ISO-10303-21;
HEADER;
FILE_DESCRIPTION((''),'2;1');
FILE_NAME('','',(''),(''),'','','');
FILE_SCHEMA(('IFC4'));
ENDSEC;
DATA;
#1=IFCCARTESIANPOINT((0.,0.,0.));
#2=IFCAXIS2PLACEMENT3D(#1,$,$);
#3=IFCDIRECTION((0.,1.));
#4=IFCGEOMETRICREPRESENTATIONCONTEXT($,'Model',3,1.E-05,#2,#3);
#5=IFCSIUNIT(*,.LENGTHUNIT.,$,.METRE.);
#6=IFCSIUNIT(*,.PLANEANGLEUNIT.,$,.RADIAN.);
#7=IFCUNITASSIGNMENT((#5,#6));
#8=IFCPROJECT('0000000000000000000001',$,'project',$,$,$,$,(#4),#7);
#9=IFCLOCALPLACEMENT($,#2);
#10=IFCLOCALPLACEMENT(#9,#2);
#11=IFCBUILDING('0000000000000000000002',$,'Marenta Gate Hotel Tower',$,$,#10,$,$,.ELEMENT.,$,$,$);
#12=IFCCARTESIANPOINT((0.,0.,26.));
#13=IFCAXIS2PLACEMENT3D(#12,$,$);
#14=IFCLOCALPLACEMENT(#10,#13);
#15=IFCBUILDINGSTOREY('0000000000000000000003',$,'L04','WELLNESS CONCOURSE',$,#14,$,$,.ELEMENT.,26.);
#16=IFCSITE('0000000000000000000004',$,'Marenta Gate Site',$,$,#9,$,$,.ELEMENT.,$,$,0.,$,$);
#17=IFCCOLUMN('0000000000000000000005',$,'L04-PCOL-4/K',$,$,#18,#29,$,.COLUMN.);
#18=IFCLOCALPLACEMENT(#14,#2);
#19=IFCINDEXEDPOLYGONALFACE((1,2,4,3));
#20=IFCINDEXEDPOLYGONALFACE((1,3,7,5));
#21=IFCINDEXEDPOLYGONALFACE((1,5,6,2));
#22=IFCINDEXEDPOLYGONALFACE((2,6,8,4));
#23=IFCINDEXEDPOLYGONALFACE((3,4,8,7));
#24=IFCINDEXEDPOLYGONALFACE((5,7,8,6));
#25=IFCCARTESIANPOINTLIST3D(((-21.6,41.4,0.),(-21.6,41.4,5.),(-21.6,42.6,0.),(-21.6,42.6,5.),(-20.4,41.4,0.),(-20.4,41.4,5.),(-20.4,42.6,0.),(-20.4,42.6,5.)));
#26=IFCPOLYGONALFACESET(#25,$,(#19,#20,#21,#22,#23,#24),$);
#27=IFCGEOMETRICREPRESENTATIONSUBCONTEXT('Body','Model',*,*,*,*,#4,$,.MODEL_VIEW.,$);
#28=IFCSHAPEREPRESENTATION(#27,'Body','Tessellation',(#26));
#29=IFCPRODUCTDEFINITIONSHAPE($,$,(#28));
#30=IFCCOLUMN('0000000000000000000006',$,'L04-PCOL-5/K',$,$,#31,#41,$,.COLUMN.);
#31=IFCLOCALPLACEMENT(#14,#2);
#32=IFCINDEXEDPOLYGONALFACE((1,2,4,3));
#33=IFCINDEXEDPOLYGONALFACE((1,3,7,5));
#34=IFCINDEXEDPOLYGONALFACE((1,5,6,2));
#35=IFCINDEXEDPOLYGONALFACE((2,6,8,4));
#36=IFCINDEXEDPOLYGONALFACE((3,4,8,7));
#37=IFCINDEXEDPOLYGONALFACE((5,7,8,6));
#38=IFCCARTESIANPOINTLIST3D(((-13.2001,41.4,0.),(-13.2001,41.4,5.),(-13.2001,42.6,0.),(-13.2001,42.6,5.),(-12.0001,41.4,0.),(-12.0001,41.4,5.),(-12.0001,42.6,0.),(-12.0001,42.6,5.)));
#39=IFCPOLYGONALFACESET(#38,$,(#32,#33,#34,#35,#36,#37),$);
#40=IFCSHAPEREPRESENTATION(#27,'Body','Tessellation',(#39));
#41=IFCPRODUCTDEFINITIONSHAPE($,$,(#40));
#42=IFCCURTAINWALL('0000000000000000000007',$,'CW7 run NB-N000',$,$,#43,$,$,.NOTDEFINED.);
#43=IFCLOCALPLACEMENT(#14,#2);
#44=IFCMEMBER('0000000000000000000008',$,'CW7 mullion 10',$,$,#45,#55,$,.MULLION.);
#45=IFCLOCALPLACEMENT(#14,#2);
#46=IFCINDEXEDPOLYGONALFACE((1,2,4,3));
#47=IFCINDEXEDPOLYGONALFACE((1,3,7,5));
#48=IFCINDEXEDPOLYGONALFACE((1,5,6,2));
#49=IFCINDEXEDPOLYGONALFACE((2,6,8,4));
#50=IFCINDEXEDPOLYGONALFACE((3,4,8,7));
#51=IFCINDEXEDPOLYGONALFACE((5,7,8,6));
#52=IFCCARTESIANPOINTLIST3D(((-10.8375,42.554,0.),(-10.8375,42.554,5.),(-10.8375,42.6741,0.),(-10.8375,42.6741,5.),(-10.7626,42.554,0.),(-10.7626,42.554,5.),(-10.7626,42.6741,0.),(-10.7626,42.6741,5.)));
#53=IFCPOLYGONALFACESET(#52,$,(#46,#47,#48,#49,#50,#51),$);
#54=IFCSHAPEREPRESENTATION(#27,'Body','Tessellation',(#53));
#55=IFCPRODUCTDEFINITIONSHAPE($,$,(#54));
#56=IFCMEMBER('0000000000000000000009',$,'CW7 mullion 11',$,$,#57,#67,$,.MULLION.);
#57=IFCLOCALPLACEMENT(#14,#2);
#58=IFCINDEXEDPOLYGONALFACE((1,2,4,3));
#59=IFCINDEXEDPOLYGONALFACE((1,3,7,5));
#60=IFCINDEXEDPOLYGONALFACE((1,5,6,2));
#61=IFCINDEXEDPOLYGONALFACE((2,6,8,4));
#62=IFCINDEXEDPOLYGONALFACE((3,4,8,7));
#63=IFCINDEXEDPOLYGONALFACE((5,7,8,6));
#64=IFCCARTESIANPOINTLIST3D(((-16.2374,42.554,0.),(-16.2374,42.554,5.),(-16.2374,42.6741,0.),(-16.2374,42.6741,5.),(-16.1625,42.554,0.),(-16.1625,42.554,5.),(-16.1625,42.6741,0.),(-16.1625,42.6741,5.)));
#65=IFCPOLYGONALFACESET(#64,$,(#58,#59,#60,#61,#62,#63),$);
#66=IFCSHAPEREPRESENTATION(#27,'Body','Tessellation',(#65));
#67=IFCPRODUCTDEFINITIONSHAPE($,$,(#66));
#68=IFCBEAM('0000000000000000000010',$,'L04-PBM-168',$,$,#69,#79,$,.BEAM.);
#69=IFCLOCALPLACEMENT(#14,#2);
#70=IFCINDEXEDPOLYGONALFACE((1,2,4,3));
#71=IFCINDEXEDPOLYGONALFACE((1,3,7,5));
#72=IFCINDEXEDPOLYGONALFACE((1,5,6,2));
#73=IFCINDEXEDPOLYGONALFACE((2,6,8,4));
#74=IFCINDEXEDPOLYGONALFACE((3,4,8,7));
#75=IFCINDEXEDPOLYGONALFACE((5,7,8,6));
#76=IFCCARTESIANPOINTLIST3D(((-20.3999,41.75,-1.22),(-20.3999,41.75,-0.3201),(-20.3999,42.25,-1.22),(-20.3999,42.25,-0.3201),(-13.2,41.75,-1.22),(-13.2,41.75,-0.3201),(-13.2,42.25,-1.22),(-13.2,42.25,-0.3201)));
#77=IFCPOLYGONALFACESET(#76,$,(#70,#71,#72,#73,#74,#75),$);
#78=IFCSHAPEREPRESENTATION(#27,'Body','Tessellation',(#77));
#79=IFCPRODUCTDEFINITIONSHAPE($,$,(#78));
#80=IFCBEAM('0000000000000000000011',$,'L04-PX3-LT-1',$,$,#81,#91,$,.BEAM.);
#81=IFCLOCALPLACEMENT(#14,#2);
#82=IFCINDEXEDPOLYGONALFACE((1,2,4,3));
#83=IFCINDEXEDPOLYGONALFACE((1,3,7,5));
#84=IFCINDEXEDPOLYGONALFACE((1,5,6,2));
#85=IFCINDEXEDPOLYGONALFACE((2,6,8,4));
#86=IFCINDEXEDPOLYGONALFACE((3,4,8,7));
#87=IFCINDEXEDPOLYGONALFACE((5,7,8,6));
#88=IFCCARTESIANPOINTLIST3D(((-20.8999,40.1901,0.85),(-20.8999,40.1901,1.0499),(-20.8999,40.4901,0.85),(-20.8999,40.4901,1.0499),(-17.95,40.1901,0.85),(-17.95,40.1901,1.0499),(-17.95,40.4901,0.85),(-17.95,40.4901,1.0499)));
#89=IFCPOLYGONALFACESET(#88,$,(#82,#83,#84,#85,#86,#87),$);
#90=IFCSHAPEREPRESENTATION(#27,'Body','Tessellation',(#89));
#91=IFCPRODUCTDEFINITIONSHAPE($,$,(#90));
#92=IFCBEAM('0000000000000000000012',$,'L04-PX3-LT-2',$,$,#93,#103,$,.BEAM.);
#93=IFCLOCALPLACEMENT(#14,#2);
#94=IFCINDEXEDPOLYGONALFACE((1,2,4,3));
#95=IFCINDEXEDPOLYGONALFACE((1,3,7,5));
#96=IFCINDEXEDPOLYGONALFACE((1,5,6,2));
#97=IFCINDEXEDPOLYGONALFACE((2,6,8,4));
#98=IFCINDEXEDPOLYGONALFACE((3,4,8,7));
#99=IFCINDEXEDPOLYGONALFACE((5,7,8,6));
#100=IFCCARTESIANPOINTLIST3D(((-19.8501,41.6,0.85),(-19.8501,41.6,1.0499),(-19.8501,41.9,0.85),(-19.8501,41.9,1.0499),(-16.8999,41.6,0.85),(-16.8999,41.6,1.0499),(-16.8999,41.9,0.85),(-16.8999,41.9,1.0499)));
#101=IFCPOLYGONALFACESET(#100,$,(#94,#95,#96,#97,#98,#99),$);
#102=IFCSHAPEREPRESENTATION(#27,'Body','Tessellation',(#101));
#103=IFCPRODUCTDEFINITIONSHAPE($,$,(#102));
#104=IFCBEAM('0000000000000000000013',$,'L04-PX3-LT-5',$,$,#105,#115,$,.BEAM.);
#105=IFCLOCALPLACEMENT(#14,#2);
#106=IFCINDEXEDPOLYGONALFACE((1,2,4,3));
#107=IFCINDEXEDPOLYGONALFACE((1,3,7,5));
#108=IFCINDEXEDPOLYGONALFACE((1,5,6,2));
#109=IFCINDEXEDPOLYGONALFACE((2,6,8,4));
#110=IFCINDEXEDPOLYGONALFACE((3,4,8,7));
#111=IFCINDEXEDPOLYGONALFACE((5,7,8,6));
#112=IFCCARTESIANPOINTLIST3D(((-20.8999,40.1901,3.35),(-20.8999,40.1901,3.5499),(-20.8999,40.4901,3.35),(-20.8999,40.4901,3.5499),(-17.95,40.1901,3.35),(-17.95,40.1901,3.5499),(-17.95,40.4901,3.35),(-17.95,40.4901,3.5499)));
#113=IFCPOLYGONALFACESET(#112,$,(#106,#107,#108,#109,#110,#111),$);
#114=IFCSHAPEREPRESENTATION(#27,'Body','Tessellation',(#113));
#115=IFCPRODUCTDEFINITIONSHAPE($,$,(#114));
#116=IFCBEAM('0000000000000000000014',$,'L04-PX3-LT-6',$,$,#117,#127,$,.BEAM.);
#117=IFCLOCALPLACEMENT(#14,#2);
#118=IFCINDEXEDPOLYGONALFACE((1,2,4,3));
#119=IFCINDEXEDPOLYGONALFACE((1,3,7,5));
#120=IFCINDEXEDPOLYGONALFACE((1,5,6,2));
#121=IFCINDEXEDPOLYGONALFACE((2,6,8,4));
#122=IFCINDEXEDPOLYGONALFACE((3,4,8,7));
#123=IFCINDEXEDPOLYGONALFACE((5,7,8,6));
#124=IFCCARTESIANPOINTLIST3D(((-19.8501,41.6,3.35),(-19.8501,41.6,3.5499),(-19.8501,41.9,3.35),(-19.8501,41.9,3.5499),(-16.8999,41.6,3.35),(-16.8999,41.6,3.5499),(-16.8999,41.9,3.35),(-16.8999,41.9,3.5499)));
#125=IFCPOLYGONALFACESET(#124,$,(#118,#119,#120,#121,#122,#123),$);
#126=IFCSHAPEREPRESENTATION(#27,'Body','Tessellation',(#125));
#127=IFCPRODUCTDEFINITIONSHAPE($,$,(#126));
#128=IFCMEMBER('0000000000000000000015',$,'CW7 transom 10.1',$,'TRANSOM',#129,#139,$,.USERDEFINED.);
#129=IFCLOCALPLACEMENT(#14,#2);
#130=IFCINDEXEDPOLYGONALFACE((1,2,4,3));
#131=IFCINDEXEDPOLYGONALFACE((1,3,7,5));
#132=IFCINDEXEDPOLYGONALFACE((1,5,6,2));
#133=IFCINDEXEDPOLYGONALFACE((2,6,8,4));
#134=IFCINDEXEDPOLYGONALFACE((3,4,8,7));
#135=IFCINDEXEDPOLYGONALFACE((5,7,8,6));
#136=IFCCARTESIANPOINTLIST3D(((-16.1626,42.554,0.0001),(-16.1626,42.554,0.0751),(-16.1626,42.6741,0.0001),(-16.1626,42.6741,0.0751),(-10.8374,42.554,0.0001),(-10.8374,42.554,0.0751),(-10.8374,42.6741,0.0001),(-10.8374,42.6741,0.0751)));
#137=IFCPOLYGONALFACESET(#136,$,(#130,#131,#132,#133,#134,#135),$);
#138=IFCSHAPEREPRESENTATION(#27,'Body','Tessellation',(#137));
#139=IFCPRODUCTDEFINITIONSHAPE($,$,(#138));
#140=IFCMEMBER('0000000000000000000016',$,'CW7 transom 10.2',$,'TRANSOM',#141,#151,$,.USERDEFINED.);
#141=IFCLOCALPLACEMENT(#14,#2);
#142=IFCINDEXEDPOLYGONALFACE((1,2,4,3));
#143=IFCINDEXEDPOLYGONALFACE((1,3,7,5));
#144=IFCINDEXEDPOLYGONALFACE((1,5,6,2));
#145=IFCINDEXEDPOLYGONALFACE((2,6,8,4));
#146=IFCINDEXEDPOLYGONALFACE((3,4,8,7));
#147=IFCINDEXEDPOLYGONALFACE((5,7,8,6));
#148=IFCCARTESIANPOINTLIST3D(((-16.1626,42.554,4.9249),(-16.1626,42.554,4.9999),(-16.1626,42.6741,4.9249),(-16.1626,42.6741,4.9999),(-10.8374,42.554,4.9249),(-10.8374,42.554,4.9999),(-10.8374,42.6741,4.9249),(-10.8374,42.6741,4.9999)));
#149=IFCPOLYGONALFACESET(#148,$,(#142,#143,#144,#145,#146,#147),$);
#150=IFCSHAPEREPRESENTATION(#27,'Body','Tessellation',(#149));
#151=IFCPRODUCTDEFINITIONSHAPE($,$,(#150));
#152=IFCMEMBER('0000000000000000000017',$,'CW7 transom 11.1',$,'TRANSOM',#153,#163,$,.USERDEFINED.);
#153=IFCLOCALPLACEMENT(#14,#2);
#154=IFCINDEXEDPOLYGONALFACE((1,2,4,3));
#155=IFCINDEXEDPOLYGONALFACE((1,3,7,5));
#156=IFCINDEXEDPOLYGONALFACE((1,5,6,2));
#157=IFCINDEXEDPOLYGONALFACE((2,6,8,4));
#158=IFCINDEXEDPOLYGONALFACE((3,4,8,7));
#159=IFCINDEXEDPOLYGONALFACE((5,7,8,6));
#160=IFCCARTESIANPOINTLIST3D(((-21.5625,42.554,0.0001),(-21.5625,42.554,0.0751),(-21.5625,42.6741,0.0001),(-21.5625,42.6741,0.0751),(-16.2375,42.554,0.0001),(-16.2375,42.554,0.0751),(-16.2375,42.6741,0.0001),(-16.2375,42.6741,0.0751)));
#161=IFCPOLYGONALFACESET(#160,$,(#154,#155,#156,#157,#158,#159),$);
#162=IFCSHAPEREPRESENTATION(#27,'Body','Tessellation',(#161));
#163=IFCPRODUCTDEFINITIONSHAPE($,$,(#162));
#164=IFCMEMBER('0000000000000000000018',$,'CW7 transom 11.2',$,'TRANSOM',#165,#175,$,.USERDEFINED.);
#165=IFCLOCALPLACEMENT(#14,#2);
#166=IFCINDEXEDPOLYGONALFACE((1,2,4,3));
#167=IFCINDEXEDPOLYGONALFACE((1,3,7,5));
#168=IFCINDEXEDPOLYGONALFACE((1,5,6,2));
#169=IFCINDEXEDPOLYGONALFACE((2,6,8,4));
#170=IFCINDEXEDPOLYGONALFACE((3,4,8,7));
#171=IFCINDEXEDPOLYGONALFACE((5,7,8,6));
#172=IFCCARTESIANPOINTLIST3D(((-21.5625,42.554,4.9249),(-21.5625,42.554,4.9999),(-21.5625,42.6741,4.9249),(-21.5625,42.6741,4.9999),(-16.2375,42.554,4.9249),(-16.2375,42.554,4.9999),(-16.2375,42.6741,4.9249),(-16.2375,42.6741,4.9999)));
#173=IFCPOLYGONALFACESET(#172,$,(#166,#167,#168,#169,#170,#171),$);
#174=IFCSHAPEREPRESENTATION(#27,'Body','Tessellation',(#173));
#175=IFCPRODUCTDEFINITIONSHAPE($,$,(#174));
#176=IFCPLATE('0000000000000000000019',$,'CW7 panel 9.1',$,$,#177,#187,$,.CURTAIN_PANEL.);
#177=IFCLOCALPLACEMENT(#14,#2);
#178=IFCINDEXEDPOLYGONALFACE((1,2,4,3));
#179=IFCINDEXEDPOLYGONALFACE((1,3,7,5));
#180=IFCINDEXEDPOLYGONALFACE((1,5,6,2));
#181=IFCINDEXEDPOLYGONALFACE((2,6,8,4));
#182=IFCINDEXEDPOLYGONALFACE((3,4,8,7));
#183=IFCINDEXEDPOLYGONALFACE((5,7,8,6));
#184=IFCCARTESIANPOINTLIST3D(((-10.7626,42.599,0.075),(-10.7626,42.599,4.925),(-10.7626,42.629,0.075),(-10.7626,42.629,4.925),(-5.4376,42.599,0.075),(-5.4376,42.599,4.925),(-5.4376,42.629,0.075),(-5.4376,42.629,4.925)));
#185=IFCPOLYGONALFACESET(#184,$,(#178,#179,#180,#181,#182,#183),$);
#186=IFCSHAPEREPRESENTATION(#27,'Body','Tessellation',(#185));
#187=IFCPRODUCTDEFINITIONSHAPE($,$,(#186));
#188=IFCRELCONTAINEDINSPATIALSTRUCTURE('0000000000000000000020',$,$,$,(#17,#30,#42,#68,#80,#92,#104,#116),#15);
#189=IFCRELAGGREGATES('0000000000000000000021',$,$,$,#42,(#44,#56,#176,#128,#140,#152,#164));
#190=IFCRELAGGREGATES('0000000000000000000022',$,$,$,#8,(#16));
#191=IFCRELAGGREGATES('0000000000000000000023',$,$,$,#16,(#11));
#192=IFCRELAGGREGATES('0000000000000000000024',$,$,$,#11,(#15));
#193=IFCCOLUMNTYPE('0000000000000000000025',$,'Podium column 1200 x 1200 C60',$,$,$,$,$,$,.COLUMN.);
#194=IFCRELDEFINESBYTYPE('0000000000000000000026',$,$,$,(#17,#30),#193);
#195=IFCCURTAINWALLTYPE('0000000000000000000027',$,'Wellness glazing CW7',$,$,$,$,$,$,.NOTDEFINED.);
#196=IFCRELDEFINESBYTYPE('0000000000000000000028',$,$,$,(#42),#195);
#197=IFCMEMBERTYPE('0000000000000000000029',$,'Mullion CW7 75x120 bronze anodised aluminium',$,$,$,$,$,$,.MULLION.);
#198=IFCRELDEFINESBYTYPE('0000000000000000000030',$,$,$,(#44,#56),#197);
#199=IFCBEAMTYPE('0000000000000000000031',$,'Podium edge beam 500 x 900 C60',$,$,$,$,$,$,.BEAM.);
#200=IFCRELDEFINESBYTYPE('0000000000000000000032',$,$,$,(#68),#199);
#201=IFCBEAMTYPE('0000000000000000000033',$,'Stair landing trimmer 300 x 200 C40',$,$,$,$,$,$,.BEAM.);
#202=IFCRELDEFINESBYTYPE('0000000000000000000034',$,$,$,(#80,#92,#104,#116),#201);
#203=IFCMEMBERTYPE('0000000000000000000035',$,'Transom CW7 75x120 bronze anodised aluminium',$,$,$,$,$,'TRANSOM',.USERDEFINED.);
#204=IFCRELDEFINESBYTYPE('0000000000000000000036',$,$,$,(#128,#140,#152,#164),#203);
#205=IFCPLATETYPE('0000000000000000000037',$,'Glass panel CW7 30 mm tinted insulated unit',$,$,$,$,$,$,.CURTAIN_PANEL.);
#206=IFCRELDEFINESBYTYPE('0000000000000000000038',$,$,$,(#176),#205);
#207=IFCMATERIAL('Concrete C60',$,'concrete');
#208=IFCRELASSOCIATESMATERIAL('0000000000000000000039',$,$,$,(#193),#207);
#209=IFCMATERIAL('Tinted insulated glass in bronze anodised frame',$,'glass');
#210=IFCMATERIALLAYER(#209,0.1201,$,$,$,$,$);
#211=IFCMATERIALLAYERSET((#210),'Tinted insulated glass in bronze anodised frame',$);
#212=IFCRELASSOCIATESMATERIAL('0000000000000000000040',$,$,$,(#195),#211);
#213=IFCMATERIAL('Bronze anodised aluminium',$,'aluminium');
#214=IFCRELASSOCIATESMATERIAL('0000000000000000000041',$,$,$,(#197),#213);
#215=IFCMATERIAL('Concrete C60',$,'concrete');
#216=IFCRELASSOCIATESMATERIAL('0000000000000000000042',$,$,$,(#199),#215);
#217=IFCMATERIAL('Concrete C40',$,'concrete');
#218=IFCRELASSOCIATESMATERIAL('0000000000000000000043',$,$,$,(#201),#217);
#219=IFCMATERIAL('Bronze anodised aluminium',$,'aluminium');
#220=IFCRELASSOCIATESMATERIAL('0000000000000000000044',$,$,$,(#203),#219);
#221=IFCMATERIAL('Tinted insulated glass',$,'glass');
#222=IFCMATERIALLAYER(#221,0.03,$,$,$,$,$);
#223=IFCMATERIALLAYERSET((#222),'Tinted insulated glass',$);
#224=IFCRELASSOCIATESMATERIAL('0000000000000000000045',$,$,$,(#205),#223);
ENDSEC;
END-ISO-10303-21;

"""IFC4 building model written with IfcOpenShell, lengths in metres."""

from ifc_helpers import new_model, si_unit, direction, frame, origin, origin_2d, place, context, subcontext, project, spatial, rectangle, extrude, material, layer, layer_set, material_profile, profile_set, type_object, element, aggregate, save


model = new_model("IFC4")

# Units and contexts
model_context = context("Model", 3, precision=1e-05, world=origin(), true_north=direction((0.0, 1.0)))
body_context = subcontext(model_context, "Body", "Model", "MODEL_VIEW")
ifc_project = project(units=[si_unit("LENGTHUNIT", "METRE"), si_unit("PLANEANGLEUNIT", "RADIAN")], contexts=[model_context])

# Site, building, storey
site_placement = place(None, origin())
site = spatial("IfcSite", under=ifc_project, at=site_placement, Name="Marenta Gate Site", CompositionType="ELEMENT", RefElevation=0.0)
building_placement = place(site_placement, origin())
building = spatial("IfcBuilding", under=site, at=building_placement, Name="Marenta Gate Hotel Tower", CompositionType="ELEMENT")
storey_placement = place(building_placement, frame((0.0, 0.0, 26.0)))
storey = spatial("IfcBuildingStorey", under=building, at=storey_placement, Name="L04", Description="WELLNESS CONCOURSE", CompositionType="ELEMENT", Elevation=26.0)

# Columns
ifc_material_1 = material(Name="Concrete C60", Category="concrete")
ifc_material_profile_1 = material_profile(ifc_material_1, rectangle(XDim=1.2, YDim=1.2, at=origin_2d()), Name="1200 x 1200")
ifc_profile_set_1 = profile_set([ifc_material_profile_1], Name="Concrete C60")
column_type = type_object("IfcColumnType", Name="Podium column 1200 x 1200 C60", PredefinedType="COLUMN", material=ifc_profile_set_1)
for number, where, z_axis, x_axis, name in (
    (1, (-21.0, 42.0, 0.0), (0.0, 0.0, 1.0), (1.0, 0.0, 0.0), "L04-PCOL-4/K"),
    (2, (-12.6001, 42.0, 0.0), (0.0, 0.0, 1.0), (1.0, 0.0, 0.0), "L04-PCOL-5/K"),
):
    element("IfcColumn", number, at=place(storey_placement, frame(where, z_axis=z_axis, x_axis=x_axis)), inside=storey, type_object=column_type, Name=name, PredefinedType="COLUMN", context=body_context, shape_type="SweptSolid", body=[
        extrude(rectangle(XDim=1.2, YDim=1.2, at=origin_2d()), origin(), (0.0, 0.0, 1.0), 5.0),
    ])

# Curtain wall, members
ifc_material_2 = material(Name="Tinted insulated glass in bronze anodised frame", Category="glass")
ifc_layer_1 = layer(ifc_material_2, 0.1201)
ifc_layer_set_1 = layer_set([ifc_layer_1], Name="Tinted insulated glass in bronze anodised frame")
curtain_wall_type = type_object("IfcCurtainWallType", Name="Wellness glazing CW7", PredefinedType="NOTDEFINED", material=ifc_layer_set_1)
curtain_wall_placement = place(storey_placement, origin())
curtain_wall = element("IfcCurtainWall", 3, at=curtain_wall_placement, inside=storey, type_object=curtain_wall_type, Name="CW7 run NB-N000", PredefinedType="NOTDEFINED")
ifc_material_3 = material(Name="Bronze anodised aluminium", Category="aluminium")
ifc_material_profile_2 = material_profile(ifc_material_3, rectangle(XDim=0.1201, YDim=0.075, at=origin_2d()), Name="Mullion CW7 75x120 bronze anodised aluminium")
ifc_profile_set_2 = profile_set([ifc_material_profile_2], Name="Bronze anodised aluminium")
member_type_1 = type_object("IfcMemberType", Name="Mullion CW7 75x120 bronze anodised aluminium", PredefinedType="MULLION", material=ifc_profile_set_2)
member_1_placement = place(storey_placement, frame((-10.8, 42.614, 0.0), z_axis=(0.0, 0.0, 1.0), x_axis=(0.0, -1.0, 0.0)))
member_1 = element("IfcMember", 4, at=member_1_placement, type_object=member_type_1, Name="CW7 mullion 10", PredefinedType="MULLION", context=body_context, shape_type="SweptSolid", body=[
    extrude(rectangle(XDim=0.1201, YDim=0.075, at=origin_2d()), origin(), (0.0, 0.0, 1.0), 5.0),
])
member_2_placement = place(storey_placement, frame((-16.2, 42.614, 0.0), z_axis=(0.0, 0.0, 1.0), x_axis=(0.0, -1.0, 0.0)))
member_2 = element("IfcMember", 5, at=member_2_placement, type_object=member_type_1, Name="CW7 mullion 11", PredefinedType="MULLION", context=body_context, shape_type="SweptSolid", body=[
    extrude(rectangle(XDim=0.1201, YDim=0.075, at=origin_2d()), origin(), (0.0, 0.0, 1.0), 5.0),
])

# Beams
ifc_material_4 = material(Name="Concrete C60", Category="concrete")
ifc_material_profile_3 = material_profile(ifc_material_4, rectangle(XDim=0.5, YDim=0.8999, at=origin_2d()), Name="500 x 900")
ifc_profile_set_3 = profile_set([ifc_material_profile_3], Name="Concrete C60")
beam_type_1 = type_object("IfcBeamType", Name="Podium edge beam 500 x 900 C60", PredefinedType="BEAM", material=ifc_profile_set_3)
beam_1_placement = place(storey_placement, frame((-13.2, 42.0, -0.77), z_axis=(-1.0, 0.0, 0.0), x_axis=(0.0, -1.0, 0.0)))
element("IfcBeam", 6, at=beam_1_placement, inside=storey, type_object=beam_type_1, Name="L04-PBM-168", PredefinedType="BEAM", context=body_context, shape_type="SweptSolid", body=[
    extrude(rectangle(XDim=0.5, YDim=0.8999, at=origin_2d()), origin(), (0.0, 0.0, 1.0), 7.2),
])
ifc_material_5 = material(Name="Concrete C40", Category="concrete")
ifc_material_profile_4 = material_profile(ifc_material_5, rectangle(XDim=0.3, YDim=0.2, at=origin_2d()), Name="300 x 200")
ifc_profile_set_4 = profile_set([ifc_material_profile_4], Name="Concrete C40")
beam_type_2 = type_object("IfcBeamType", Name="Stair landing trimmer 300 x 200 C40", PredefinedType="BEAM", material=ifc_profile_set_4)
beam_2_placement = place(storey_placement, frame((-20.8999, 40.3401, 0.95), z_axis=(1.0, 0.0, 0.0), x_axis=(0.0, 1.0, 0.0)))
element("IfcBeam", 7, at=beam_2_placement, inside=storey, type_object=beam_type_2, Name="L04-PX3-LT-1", PredefinedType="BEAM", context=body_context, shape_type="SweptSolid", body=[
    extrude(rectangle(XDim=0.3, YDim=0.2, at=origin_2d()), origin(), (0.0, 0.0, 1.0), 2.95),
])
beam_3_placement = place(storey_placement, frame((-19.8501, 41.75, 0.95), z_axis=(1.0, 0.0, 0.0), x_axis=(0.0, 1.0, 0.0)))
element("IfcBeam", 8, at=beam_3_placement, inside=storey, type_object=beam_type_2, Name="L04-PX3-LT-2", PredefinedType="BEAM", context=body_context, shape_type="SweptSolid", body=[
    extrude(rectangle(XDim=0.3, YDim=0.2, at=origin_2d()), origin(), (0.0, 0.0, 1.0), 2.9502),
])
beam_4_placement = place(storey_placement, frame((-20.8999, 40.3401, 3.45), z_axis=(1.0, 0.0, 0.0), x_axis=(0.0, 1.0, 0.0)))
element("IfcBeam", 9, at=beam_4_placement, inside=storey, type_object=beam_type_2, Name="L04-PX3-LT-5", PredefinedType="BEAM", context=body_context, shape_type="SweptSolid", body=[
    extrude(rectangle(XDim=0.3, YDim=0.2, at=origin_2d()), origin(), (0.0, 0.0, 1.0), 2.95),
])
beam_5_placement = place(storey_placement, frame((-19.8501, 41.75, 3.45), z_axis=(1.0, 0.0, 0.0), x_axis=(0.0, 1.0, 0.0)))
element("IfcBeam", 10, at=beam_5_placement, inside=storey, type_object=beam_type_2, Name="L04-PX3-LT-6", PredefinedType="BEAM", context=body_context, shape_type="SweptSolid", body=[
    extrude(rectangle(XDim=0.3, YDim=0.2, at=origin_2d()), origin(), (0.0, 0.0, 1.0), 2.9502),
])

# Members
ifc_material_6 = material(Name="Bronze anodised aluminium", Category="aluminium")
ifc_material_profile_5 = material_profile(ifc_material_6, rectangle(XDim=0.1201, YDim=0.075, at=origin_2d()), Name="Transom CW7 75x120 bronze anodised aluminium")
ifc_profile_set_5 = profile_set([ifc_material_profile_5], Name="Bronze anodised aluminium")
member_type_2 = type_object("IfcMemberType", Name="Transom CW7 75x120 bronze anodised aluminium", ElementType="TRANSOM", PredefinedType="USERDEFINED", material=ifc_profile_set_5)
member_3_placement = place(storey_placement, frame((-10.8374, 42.614, 0.0376), z_axis=(-1.0, 0.0, 0.0), x_axis=(0.0, -1.0, 0.0)))
member_3 = element("IfcMember", 11, at=member_3_placement, type_object=member_type_2, Name="CW7 transom 10.1", ObjectType="TRANSOM", PredefinedType="USERDEFINED", context=body_context, shape_type="SweptSolid", body=[
    extrude(rectangle(XDim=0.1201, YDim=0.075, at=origin_2d()), origin(), (0.0, 0.0, 1.0), 5.3252),
])
member_4_placement = place(storey_placement, frame((-10.8374, 42.614, 4.9624), z_axis=(-1.0, 0.0, 0.0), x_axis=(0.0, -1.0, 0.0)))
member_4 = element("IfcMember", 12, at=member_4_placement, type_object=member_type_2, Name="CW7 transom 10.2", ObjectType="TRANSOM", PredefinedType="USERDEFINED", context=body_context, shape_type="SweptSolid", body=[
    extrude(rectangle(XDim=0.1201, YDim=0.075, at=origin_2d()), origin(), (0.0, 0.0, 1.0), 5.3252),
])
member_5_placement = place(storey_placement, frame((-16.2375, 42.614, 0.0376), z_axis=(-1.0, 0.0, 0.0), x_axis=(0.0, -1.0, 0.0)))
member_5 = element("IfcMember", 13, at=member_5_placement, type_object=member_type_2, Name="CW7 transom 11.1", ObjectType="TRANSOM", PredefinedType="USERDEFINED", context=body_context, shape_type="SweptSolid", body=[
    extrude(rectangle(XDim=0.1201, YDim=0.075, at=origin_2d()), origin(), (0.0, 0.0, 1.0), 5.325),
])
member_6_placement = place(storey_placement, frame((-16.2375, 42.614, 4.9624), z_axis=(-1.0, 0.0, 0.0), x_axis=(0.0, -1.0, 0.0)))
member_6 = element("IfcMember", 14, at=member_6_placement, type_object=member_type_2, Name="CW7 transom 11.2", ObjectType="TRANSOM", PredefinedType="USERDEFINED", context=body_context, shape_type="SweptSolid", body=[
    extrude(rectangle(XDim=0.1201, YDim=0.075, at=origin_2d()), origin(), (0.0, 0.0, 1.0), 5.325),
])

# Plate
ifc_material_7 = material(Name="Tinted insulated glass", Category="glass")
ifc_layer_2 = layer(ifc_material_7, 0.03)
ifc_layer_set_2 = layer_set([ifc_layer_2], Name="Tinted insulated glass")
plate_type = type_object("IfcPlateType", Name="Glass panel CW7 30 mm tinted insulated unit", PredefinedType="CURTAIN_PANEL", material=ifc_layer_set_2)
plate_1_placement = place(storey_placement, frame((-8.1001, 42.614, 0.075), z_axis=(0.0, 0.0, 1.0), x_axis=(-1.0, 0.0, 0.0)))
plate_1 = element("IfcPlate", 15, at=plate_1_placement, type_object=plate_type, Name="CW7 panel 9.1", PredefinedType="CURTAIN_PANEL", context=body_context, shape_type="SweptSolid", body=[
    extrude(rectangle(XDim=5.325, YDim=0.03, at=origin_2d()), origin(), (0.0, 0.0, 1.0), 4.8501),
])
aggregate(curtain_wall, [member_1, member_2, plate_1, member_3, member_4, member_5, member_6])

save(model, "model.ifc")
